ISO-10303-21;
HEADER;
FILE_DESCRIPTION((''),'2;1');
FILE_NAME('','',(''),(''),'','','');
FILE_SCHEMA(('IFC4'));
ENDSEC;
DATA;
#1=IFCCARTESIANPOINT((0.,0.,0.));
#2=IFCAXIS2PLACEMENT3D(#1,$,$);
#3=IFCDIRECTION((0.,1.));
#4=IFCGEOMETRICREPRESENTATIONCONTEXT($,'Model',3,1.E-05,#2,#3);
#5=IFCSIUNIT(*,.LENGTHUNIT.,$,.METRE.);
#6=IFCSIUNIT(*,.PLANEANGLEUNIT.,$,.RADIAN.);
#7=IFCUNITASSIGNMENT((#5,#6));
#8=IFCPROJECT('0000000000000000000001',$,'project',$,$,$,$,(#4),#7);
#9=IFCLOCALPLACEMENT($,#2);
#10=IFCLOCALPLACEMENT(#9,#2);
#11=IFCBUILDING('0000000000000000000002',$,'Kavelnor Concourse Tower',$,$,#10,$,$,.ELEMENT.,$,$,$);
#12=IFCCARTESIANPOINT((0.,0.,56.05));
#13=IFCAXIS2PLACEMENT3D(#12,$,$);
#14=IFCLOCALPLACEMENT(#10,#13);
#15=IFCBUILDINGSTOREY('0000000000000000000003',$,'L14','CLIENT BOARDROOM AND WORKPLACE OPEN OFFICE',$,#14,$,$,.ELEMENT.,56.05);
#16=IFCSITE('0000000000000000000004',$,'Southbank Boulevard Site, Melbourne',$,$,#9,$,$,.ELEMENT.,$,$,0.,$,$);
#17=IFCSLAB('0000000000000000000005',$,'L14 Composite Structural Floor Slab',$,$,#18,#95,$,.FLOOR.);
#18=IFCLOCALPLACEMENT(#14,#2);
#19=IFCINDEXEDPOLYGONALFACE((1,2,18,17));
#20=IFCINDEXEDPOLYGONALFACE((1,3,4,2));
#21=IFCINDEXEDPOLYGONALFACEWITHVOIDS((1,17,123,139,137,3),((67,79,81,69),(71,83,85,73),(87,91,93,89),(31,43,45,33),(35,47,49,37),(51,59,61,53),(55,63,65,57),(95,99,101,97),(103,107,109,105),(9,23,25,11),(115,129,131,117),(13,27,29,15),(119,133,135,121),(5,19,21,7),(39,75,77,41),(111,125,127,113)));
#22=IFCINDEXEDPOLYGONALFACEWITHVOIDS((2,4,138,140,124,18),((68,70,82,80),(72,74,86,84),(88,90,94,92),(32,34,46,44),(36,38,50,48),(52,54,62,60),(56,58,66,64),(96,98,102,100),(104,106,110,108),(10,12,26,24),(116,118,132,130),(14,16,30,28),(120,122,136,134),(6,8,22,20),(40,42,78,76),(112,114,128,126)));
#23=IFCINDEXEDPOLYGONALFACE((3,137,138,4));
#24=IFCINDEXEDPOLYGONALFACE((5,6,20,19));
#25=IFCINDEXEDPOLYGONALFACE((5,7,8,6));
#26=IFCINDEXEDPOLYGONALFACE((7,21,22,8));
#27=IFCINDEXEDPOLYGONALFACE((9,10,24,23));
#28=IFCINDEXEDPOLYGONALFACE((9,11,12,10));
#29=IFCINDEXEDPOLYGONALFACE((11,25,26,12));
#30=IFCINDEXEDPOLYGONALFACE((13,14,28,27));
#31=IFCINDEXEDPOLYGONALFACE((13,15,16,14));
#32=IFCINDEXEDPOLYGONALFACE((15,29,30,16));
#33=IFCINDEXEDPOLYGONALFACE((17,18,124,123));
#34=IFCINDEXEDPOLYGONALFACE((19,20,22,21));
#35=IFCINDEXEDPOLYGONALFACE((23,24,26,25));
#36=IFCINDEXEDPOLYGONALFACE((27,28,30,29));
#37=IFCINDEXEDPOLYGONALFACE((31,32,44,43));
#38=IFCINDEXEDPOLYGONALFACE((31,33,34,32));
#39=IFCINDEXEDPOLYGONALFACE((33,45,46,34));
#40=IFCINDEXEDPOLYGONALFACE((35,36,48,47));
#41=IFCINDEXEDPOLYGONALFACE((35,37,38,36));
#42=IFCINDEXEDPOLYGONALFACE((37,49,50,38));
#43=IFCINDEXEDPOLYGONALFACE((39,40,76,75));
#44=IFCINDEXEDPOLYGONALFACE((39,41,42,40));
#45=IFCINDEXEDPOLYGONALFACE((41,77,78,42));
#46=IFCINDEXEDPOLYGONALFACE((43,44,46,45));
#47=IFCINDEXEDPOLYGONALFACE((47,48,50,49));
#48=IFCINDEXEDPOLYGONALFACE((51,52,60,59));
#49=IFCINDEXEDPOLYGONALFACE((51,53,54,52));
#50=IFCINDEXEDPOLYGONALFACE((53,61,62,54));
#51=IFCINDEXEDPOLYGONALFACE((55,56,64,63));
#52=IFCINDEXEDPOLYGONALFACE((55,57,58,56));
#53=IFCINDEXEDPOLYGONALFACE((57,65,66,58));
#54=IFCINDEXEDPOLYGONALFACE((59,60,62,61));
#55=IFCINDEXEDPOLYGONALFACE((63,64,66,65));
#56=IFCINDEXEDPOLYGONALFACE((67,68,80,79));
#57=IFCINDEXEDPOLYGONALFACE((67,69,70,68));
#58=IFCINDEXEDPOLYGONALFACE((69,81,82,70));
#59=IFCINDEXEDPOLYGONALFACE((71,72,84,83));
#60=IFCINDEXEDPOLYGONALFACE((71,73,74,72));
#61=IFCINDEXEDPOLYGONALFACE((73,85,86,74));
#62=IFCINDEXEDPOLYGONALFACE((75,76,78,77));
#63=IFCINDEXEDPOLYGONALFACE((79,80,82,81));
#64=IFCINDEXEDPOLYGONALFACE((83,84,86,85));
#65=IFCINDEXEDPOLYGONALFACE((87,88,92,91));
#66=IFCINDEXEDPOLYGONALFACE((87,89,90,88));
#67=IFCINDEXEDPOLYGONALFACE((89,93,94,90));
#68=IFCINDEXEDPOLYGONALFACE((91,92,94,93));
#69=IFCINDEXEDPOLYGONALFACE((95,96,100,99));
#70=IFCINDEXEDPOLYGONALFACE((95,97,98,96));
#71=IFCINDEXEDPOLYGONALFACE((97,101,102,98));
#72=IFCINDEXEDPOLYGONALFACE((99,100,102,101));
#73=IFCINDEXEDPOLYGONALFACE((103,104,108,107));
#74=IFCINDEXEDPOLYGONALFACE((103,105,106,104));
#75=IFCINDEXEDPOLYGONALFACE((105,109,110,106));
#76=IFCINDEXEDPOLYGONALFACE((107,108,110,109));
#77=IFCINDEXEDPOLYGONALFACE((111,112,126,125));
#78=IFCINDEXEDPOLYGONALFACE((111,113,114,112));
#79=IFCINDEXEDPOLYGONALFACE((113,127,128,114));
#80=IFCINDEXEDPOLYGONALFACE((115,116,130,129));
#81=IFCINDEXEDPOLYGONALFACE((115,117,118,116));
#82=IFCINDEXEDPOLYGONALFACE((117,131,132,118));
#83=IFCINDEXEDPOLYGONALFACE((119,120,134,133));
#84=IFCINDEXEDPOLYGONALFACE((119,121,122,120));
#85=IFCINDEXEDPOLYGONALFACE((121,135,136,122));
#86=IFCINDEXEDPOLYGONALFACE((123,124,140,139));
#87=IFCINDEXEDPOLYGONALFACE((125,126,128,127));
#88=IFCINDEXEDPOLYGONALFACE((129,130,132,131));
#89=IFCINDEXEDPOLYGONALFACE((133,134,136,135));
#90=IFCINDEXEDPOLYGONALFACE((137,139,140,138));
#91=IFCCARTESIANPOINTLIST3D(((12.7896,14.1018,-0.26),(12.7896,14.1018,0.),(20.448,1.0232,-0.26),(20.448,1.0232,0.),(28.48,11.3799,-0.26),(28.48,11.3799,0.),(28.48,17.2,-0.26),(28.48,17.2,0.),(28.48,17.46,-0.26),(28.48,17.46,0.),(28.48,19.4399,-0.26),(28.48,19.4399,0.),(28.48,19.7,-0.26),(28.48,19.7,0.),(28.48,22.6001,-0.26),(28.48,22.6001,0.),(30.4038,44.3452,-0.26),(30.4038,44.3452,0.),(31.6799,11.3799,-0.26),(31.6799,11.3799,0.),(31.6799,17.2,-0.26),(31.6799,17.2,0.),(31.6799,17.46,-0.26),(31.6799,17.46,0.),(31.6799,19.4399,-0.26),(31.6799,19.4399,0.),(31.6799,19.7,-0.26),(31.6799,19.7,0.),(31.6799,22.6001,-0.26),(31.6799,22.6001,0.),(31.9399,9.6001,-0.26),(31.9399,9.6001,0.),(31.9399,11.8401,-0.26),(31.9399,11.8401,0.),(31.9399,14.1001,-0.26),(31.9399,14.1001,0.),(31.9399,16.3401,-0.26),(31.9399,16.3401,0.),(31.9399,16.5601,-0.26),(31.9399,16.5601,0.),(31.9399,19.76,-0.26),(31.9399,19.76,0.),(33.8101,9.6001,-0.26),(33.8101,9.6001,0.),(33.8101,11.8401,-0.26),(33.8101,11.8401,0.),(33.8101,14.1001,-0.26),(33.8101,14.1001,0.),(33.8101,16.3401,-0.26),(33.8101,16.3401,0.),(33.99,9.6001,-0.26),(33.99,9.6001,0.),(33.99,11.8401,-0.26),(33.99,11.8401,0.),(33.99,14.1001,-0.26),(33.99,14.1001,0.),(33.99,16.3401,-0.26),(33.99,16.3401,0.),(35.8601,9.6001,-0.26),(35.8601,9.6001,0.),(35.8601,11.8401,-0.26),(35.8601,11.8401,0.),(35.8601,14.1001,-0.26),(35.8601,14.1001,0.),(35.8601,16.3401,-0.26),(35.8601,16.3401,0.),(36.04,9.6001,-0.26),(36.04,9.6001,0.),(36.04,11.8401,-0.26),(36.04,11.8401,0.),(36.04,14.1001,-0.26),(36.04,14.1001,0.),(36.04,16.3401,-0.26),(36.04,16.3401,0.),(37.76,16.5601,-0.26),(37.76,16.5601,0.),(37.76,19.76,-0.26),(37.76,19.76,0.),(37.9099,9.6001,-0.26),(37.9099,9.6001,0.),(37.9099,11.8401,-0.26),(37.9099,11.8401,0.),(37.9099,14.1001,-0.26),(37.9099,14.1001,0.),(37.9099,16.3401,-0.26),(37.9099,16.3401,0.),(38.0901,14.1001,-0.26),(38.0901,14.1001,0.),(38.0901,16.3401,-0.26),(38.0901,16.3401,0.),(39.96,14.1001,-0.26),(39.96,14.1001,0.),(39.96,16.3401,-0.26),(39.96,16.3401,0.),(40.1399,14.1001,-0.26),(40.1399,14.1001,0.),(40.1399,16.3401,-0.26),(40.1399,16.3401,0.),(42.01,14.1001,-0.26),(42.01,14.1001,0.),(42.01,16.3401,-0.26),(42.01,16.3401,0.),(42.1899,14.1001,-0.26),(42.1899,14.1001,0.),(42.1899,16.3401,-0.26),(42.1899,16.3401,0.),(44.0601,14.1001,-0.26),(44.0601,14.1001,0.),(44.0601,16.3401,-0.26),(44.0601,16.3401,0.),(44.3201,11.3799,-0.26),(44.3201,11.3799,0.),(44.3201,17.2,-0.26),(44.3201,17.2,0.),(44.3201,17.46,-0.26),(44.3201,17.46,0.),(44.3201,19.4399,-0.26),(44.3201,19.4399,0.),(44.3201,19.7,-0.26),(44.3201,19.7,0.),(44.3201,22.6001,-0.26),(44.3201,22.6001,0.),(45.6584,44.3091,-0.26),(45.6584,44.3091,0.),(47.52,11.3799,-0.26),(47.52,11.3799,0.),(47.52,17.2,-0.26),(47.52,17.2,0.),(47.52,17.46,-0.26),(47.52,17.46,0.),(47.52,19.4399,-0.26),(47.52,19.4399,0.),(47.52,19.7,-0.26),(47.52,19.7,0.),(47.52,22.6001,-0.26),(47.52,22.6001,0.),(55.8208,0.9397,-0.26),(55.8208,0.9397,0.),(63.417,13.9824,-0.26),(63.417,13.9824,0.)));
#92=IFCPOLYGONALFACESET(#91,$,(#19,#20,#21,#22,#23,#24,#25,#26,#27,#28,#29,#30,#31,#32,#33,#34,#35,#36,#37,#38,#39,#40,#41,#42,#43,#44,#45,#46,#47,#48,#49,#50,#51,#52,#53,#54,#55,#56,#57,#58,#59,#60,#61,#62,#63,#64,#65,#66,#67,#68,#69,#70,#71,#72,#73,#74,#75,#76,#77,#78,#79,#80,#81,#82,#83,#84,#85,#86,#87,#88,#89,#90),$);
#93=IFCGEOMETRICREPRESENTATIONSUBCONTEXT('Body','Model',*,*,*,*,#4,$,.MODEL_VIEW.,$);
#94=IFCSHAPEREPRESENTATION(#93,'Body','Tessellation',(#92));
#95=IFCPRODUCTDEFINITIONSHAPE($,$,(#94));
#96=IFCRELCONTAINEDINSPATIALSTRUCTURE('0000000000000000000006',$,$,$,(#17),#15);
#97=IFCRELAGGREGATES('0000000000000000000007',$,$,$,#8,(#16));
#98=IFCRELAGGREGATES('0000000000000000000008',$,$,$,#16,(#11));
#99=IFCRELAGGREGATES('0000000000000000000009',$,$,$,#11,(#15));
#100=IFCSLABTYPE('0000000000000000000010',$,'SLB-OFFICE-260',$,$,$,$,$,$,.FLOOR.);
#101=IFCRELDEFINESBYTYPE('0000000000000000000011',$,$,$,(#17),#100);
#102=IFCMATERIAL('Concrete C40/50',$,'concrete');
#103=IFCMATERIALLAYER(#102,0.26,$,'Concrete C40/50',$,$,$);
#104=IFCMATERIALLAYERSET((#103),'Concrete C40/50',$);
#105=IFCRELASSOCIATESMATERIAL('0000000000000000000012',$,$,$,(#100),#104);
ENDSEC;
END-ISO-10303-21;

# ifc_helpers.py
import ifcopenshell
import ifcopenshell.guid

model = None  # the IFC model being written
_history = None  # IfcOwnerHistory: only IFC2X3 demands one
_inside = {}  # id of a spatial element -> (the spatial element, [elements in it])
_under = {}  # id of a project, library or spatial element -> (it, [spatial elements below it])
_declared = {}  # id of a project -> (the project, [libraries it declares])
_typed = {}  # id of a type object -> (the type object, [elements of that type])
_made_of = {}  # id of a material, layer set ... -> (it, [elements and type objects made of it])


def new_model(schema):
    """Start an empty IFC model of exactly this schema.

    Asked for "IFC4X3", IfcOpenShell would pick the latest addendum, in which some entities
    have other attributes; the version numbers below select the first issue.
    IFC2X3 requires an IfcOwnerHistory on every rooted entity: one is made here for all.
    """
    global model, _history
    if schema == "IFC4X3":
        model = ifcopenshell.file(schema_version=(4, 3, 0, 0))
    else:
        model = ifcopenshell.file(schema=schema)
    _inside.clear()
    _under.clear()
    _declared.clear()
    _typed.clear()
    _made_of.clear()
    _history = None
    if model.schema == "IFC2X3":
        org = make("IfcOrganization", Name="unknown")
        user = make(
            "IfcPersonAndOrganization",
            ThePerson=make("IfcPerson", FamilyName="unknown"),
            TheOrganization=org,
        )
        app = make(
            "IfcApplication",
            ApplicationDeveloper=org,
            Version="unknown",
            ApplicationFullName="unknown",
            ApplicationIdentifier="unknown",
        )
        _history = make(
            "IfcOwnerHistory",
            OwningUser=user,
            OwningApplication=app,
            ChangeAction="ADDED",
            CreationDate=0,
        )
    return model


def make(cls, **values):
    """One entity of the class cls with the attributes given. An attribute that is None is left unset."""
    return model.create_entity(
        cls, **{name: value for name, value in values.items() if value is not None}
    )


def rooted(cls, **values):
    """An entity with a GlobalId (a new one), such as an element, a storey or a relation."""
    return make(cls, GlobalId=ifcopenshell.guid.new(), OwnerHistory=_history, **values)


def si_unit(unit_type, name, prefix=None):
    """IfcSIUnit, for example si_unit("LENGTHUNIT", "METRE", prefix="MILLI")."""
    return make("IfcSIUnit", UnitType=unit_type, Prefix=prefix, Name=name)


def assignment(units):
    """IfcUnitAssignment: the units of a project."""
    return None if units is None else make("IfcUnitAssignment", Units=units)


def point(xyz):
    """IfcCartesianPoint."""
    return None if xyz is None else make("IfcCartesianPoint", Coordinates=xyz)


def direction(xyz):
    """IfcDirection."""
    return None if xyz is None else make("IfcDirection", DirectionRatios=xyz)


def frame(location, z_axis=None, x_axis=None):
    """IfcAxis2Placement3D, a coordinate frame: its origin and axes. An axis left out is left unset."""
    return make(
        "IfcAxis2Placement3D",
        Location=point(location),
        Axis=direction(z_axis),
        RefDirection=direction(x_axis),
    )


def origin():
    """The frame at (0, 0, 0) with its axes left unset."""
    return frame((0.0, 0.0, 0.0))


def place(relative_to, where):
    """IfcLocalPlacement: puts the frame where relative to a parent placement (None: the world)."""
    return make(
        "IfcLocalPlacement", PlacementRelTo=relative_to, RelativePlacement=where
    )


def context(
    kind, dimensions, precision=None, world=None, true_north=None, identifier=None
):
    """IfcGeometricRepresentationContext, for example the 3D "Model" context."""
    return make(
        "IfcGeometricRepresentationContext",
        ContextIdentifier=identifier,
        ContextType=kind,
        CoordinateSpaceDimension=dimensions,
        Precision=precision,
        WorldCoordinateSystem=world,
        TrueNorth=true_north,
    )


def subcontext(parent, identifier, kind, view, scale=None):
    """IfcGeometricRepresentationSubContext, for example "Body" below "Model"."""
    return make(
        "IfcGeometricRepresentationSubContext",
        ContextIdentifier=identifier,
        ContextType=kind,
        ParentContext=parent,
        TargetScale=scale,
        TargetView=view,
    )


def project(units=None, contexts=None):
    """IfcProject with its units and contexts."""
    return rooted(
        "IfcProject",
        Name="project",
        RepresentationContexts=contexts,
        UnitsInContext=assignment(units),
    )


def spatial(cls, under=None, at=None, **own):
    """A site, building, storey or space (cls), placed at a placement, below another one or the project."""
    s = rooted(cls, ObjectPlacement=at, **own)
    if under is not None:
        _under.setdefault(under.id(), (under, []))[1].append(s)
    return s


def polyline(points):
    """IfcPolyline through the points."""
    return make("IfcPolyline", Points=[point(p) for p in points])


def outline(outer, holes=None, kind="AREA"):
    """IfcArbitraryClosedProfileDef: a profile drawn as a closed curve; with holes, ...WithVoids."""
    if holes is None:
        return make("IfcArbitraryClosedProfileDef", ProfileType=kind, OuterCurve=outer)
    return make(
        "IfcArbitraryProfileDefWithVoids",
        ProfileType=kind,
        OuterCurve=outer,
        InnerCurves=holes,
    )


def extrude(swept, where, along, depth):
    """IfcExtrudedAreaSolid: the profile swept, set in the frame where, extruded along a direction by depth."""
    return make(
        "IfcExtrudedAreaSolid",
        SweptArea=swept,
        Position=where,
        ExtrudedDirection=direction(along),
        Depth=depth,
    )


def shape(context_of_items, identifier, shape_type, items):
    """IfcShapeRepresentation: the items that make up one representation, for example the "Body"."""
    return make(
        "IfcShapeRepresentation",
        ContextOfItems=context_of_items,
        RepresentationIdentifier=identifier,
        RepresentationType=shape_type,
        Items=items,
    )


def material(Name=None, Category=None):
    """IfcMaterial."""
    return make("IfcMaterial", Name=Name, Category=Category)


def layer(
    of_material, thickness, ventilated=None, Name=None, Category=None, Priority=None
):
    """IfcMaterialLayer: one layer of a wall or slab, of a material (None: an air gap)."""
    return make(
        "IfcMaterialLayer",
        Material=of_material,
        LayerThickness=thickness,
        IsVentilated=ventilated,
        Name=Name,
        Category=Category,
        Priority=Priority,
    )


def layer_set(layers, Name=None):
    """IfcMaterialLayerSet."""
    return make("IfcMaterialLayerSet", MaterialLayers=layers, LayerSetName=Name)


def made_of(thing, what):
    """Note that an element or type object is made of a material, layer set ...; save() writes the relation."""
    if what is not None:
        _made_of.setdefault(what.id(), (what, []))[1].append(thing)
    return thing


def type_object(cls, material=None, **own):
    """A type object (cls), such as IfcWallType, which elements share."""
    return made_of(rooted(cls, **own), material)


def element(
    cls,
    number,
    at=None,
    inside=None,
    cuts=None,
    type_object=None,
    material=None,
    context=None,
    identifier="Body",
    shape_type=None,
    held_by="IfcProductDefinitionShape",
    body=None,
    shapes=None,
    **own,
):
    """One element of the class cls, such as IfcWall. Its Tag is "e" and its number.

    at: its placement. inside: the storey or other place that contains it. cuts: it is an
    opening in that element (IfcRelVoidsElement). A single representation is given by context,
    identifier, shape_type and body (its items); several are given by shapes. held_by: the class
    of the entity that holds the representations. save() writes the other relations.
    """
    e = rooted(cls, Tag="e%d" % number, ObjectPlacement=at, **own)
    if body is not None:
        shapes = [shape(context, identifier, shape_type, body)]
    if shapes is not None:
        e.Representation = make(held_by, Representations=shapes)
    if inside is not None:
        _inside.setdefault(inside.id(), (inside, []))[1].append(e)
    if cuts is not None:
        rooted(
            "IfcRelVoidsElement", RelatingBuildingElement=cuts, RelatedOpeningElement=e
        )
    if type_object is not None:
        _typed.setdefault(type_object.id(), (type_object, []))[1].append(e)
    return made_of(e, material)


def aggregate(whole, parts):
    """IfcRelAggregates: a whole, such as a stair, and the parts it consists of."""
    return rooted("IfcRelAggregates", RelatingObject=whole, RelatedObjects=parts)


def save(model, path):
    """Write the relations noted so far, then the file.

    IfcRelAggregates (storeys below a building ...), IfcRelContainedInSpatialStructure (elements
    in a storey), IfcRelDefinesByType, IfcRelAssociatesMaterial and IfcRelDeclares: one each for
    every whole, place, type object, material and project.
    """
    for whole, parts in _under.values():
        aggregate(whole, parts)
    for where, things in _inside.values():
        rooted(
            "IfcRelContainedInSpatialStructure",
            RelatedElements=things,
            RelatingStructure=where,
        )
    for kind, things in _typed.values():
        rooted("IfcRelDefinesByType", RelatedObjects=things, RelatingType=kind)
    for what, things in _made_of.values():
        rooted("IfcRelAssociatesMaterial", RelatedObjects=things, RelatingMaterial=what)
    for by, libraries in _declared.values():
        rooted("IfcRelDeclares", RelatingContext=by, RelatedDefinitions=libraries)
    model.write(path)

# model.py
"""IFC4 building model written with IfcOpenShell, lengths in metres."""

from ifc_helpers import new_model, si_unit, direction, frame, origin, place, context, subcontext, project, spatial, polyline, outline, extrude, material, layer, layer_set, type_object, element, save


model = new_model("IFC4")

# Units and contexts
model_context = context("Model", 3, precision=1e-05, world=origin(), true_north=direction((0.0, 1.0)))
body_context = subcontext(model_context, "Body", "Model", "MODEL_VIEW")
ifc_project = project(units=[si_unit("LENGTHUNIT", "METRE"), si_unit("PLANEANGLEUNIT", "RADIAN")], contexts=[model_context])

# Site, building, storey
site_placement = place(None, origin())
site = spatial("IfcSite", under=ifc_project, at=site_placement, Name="Southbank Boulevard Site, Melbourne", CompositionType="ELEMENT", RefElevation=0.0)
building_placement = place(site_placement, origin())
building = spatial("IfcBuilding", under=site, at=building_placement, Name="Kavelnor Concourse Tower", CompositionType="ELEMENT")
storey_placement = place(building_placement, frame((0.0, 0.0, 56.05)))
storey = spatial("IfcBuildingStorey", under=building, at=storey_placement, Name="L14", Description="CLIENT BOARDROOM AND WORKPLACE OPEN OFFICE", CompositionType="ELEMENT", Elevation=56.05)

# Shared definitions
ifc_material_1 = material(Name="Concrete C40/50", Category="concrete")

# Slab
ifc_layer_1 = layer(ifc_material_1, 0.26, Name="Concrete C40/50")
ifc_layer_set_1 = layer_set([ifc_layer_1], Name="Concrete C40/50")
slab_type_1 = type_object("IfcSlabType", Name="SLB-OFFICE-260", PredefinedType="FLOOR", material=ifc_layer_set_1)
slab_1_placement = place(storey_placement, frame((0.0, 0.0, -0.26)))
element("IfcSlab", 1, at=slab_1_placement, inside=storey, type_object=slab_type_1, Name="L14 Composite Structural Floor Slab", PredefinedType="FLOOR", context=body_context, shape_type="SweptSolid", body=[
    extrude(outline(polyline([(45.6584, 44.3091), (30.4038, 44.3452), (12.7896, 14.1018), (20.448, 1.0232), (55.8208, 0.9397), (63.417, 13.9824), (45.6584, 44.3091)]), holes=[polyline([(28.48, 11.3799), (31.6799, 11.3799), (31.6799, 17.2), (28.48, 17.2), (28.48, 11.3799)]), polyline([(44.3201, 11.3799), (47.52, 11.3799), (47.52, 17.2), (44.3201, 17.2), (44.3201, 11.3799)]), polyline([(31.9399, 16.5601), (37.76, 16.5601), (37.76, 19.76), (31.9399, 19.76), (31.9399, 16.5601)]), polyline([(28.48, 19.7), (31.6799, 19.7), (31.6799, 22.6001), (28.48, 22.6001), (28.48, 19.7)]), polyline([(44.3201, 19.7), (47.52, 19.7), (47.52, 22.6001), (44.3201, 22.6001), (44.3201, 19.7)]), polyline([(31.9399, 14.1001), (33.8101, 14.1001), (33.8101, 16.3401), (31.9399, 16.3401), (31.9399, 14.1001)]), polyline([(33.99, 14.1001), (35.8601, 14.1001), (35.8601, 16.3401), (33.99, 16.3401), (33.99, 14.1001)]), polyline([(36.04, 14.1001), (37.9099, 14.1001), (37.9099, 16.3401), (36.04, 16.3401), (36.04, 14.1001)]), polyline([(38.0901, 14.1001), (39.96, 14.1001), (39.96, 16.3401), (38.0901, 16.3401), (38.0901, 14.1001)]), polyline([(40.1399, 14.1001), (42.01, 14.1001), (42.01, 16.3401), (40.1399, 16.3401), (40.1399, 14.1001)]), polyline([(42.1899, 14.1001), (44.0601, 14.1001), (44.0601, 16.3401), (42.1899, 16.3401), (42.1899, 14.1001)]), polyline([(31.9399, 9.6001), (33.8101, 9.6001), (33.8101, 11.8401), (31.9399, 11.8401), (31.9399, 9.6001)]), polyline([(33.99, 9.6001), (35.8601, 9.6001), (35.8601, 11.8401), (33.99, 11.8401), (33.99, 9.6001)]), polyline([(36.04, 9.6001), (37.9099, 9.6001), (37.9099, 11.8401), (36.04, 11.8401), (36.04, 9.6001)]), polyline([(28.48, 17.46), (31.6799, 17.46), (31.6799, 19.4399), (28.48, 19.4399), (28.48, 17.46)]), polyline([(44.3201, 17.46), (47.52, 17.46), (47.52, 19.4399), (44.3201, 19.4399), (44.3201, 17.46)])]), origin(), (0.0, 0.0, 1.0), 0.26),
])

save(model, "model.ifc")
